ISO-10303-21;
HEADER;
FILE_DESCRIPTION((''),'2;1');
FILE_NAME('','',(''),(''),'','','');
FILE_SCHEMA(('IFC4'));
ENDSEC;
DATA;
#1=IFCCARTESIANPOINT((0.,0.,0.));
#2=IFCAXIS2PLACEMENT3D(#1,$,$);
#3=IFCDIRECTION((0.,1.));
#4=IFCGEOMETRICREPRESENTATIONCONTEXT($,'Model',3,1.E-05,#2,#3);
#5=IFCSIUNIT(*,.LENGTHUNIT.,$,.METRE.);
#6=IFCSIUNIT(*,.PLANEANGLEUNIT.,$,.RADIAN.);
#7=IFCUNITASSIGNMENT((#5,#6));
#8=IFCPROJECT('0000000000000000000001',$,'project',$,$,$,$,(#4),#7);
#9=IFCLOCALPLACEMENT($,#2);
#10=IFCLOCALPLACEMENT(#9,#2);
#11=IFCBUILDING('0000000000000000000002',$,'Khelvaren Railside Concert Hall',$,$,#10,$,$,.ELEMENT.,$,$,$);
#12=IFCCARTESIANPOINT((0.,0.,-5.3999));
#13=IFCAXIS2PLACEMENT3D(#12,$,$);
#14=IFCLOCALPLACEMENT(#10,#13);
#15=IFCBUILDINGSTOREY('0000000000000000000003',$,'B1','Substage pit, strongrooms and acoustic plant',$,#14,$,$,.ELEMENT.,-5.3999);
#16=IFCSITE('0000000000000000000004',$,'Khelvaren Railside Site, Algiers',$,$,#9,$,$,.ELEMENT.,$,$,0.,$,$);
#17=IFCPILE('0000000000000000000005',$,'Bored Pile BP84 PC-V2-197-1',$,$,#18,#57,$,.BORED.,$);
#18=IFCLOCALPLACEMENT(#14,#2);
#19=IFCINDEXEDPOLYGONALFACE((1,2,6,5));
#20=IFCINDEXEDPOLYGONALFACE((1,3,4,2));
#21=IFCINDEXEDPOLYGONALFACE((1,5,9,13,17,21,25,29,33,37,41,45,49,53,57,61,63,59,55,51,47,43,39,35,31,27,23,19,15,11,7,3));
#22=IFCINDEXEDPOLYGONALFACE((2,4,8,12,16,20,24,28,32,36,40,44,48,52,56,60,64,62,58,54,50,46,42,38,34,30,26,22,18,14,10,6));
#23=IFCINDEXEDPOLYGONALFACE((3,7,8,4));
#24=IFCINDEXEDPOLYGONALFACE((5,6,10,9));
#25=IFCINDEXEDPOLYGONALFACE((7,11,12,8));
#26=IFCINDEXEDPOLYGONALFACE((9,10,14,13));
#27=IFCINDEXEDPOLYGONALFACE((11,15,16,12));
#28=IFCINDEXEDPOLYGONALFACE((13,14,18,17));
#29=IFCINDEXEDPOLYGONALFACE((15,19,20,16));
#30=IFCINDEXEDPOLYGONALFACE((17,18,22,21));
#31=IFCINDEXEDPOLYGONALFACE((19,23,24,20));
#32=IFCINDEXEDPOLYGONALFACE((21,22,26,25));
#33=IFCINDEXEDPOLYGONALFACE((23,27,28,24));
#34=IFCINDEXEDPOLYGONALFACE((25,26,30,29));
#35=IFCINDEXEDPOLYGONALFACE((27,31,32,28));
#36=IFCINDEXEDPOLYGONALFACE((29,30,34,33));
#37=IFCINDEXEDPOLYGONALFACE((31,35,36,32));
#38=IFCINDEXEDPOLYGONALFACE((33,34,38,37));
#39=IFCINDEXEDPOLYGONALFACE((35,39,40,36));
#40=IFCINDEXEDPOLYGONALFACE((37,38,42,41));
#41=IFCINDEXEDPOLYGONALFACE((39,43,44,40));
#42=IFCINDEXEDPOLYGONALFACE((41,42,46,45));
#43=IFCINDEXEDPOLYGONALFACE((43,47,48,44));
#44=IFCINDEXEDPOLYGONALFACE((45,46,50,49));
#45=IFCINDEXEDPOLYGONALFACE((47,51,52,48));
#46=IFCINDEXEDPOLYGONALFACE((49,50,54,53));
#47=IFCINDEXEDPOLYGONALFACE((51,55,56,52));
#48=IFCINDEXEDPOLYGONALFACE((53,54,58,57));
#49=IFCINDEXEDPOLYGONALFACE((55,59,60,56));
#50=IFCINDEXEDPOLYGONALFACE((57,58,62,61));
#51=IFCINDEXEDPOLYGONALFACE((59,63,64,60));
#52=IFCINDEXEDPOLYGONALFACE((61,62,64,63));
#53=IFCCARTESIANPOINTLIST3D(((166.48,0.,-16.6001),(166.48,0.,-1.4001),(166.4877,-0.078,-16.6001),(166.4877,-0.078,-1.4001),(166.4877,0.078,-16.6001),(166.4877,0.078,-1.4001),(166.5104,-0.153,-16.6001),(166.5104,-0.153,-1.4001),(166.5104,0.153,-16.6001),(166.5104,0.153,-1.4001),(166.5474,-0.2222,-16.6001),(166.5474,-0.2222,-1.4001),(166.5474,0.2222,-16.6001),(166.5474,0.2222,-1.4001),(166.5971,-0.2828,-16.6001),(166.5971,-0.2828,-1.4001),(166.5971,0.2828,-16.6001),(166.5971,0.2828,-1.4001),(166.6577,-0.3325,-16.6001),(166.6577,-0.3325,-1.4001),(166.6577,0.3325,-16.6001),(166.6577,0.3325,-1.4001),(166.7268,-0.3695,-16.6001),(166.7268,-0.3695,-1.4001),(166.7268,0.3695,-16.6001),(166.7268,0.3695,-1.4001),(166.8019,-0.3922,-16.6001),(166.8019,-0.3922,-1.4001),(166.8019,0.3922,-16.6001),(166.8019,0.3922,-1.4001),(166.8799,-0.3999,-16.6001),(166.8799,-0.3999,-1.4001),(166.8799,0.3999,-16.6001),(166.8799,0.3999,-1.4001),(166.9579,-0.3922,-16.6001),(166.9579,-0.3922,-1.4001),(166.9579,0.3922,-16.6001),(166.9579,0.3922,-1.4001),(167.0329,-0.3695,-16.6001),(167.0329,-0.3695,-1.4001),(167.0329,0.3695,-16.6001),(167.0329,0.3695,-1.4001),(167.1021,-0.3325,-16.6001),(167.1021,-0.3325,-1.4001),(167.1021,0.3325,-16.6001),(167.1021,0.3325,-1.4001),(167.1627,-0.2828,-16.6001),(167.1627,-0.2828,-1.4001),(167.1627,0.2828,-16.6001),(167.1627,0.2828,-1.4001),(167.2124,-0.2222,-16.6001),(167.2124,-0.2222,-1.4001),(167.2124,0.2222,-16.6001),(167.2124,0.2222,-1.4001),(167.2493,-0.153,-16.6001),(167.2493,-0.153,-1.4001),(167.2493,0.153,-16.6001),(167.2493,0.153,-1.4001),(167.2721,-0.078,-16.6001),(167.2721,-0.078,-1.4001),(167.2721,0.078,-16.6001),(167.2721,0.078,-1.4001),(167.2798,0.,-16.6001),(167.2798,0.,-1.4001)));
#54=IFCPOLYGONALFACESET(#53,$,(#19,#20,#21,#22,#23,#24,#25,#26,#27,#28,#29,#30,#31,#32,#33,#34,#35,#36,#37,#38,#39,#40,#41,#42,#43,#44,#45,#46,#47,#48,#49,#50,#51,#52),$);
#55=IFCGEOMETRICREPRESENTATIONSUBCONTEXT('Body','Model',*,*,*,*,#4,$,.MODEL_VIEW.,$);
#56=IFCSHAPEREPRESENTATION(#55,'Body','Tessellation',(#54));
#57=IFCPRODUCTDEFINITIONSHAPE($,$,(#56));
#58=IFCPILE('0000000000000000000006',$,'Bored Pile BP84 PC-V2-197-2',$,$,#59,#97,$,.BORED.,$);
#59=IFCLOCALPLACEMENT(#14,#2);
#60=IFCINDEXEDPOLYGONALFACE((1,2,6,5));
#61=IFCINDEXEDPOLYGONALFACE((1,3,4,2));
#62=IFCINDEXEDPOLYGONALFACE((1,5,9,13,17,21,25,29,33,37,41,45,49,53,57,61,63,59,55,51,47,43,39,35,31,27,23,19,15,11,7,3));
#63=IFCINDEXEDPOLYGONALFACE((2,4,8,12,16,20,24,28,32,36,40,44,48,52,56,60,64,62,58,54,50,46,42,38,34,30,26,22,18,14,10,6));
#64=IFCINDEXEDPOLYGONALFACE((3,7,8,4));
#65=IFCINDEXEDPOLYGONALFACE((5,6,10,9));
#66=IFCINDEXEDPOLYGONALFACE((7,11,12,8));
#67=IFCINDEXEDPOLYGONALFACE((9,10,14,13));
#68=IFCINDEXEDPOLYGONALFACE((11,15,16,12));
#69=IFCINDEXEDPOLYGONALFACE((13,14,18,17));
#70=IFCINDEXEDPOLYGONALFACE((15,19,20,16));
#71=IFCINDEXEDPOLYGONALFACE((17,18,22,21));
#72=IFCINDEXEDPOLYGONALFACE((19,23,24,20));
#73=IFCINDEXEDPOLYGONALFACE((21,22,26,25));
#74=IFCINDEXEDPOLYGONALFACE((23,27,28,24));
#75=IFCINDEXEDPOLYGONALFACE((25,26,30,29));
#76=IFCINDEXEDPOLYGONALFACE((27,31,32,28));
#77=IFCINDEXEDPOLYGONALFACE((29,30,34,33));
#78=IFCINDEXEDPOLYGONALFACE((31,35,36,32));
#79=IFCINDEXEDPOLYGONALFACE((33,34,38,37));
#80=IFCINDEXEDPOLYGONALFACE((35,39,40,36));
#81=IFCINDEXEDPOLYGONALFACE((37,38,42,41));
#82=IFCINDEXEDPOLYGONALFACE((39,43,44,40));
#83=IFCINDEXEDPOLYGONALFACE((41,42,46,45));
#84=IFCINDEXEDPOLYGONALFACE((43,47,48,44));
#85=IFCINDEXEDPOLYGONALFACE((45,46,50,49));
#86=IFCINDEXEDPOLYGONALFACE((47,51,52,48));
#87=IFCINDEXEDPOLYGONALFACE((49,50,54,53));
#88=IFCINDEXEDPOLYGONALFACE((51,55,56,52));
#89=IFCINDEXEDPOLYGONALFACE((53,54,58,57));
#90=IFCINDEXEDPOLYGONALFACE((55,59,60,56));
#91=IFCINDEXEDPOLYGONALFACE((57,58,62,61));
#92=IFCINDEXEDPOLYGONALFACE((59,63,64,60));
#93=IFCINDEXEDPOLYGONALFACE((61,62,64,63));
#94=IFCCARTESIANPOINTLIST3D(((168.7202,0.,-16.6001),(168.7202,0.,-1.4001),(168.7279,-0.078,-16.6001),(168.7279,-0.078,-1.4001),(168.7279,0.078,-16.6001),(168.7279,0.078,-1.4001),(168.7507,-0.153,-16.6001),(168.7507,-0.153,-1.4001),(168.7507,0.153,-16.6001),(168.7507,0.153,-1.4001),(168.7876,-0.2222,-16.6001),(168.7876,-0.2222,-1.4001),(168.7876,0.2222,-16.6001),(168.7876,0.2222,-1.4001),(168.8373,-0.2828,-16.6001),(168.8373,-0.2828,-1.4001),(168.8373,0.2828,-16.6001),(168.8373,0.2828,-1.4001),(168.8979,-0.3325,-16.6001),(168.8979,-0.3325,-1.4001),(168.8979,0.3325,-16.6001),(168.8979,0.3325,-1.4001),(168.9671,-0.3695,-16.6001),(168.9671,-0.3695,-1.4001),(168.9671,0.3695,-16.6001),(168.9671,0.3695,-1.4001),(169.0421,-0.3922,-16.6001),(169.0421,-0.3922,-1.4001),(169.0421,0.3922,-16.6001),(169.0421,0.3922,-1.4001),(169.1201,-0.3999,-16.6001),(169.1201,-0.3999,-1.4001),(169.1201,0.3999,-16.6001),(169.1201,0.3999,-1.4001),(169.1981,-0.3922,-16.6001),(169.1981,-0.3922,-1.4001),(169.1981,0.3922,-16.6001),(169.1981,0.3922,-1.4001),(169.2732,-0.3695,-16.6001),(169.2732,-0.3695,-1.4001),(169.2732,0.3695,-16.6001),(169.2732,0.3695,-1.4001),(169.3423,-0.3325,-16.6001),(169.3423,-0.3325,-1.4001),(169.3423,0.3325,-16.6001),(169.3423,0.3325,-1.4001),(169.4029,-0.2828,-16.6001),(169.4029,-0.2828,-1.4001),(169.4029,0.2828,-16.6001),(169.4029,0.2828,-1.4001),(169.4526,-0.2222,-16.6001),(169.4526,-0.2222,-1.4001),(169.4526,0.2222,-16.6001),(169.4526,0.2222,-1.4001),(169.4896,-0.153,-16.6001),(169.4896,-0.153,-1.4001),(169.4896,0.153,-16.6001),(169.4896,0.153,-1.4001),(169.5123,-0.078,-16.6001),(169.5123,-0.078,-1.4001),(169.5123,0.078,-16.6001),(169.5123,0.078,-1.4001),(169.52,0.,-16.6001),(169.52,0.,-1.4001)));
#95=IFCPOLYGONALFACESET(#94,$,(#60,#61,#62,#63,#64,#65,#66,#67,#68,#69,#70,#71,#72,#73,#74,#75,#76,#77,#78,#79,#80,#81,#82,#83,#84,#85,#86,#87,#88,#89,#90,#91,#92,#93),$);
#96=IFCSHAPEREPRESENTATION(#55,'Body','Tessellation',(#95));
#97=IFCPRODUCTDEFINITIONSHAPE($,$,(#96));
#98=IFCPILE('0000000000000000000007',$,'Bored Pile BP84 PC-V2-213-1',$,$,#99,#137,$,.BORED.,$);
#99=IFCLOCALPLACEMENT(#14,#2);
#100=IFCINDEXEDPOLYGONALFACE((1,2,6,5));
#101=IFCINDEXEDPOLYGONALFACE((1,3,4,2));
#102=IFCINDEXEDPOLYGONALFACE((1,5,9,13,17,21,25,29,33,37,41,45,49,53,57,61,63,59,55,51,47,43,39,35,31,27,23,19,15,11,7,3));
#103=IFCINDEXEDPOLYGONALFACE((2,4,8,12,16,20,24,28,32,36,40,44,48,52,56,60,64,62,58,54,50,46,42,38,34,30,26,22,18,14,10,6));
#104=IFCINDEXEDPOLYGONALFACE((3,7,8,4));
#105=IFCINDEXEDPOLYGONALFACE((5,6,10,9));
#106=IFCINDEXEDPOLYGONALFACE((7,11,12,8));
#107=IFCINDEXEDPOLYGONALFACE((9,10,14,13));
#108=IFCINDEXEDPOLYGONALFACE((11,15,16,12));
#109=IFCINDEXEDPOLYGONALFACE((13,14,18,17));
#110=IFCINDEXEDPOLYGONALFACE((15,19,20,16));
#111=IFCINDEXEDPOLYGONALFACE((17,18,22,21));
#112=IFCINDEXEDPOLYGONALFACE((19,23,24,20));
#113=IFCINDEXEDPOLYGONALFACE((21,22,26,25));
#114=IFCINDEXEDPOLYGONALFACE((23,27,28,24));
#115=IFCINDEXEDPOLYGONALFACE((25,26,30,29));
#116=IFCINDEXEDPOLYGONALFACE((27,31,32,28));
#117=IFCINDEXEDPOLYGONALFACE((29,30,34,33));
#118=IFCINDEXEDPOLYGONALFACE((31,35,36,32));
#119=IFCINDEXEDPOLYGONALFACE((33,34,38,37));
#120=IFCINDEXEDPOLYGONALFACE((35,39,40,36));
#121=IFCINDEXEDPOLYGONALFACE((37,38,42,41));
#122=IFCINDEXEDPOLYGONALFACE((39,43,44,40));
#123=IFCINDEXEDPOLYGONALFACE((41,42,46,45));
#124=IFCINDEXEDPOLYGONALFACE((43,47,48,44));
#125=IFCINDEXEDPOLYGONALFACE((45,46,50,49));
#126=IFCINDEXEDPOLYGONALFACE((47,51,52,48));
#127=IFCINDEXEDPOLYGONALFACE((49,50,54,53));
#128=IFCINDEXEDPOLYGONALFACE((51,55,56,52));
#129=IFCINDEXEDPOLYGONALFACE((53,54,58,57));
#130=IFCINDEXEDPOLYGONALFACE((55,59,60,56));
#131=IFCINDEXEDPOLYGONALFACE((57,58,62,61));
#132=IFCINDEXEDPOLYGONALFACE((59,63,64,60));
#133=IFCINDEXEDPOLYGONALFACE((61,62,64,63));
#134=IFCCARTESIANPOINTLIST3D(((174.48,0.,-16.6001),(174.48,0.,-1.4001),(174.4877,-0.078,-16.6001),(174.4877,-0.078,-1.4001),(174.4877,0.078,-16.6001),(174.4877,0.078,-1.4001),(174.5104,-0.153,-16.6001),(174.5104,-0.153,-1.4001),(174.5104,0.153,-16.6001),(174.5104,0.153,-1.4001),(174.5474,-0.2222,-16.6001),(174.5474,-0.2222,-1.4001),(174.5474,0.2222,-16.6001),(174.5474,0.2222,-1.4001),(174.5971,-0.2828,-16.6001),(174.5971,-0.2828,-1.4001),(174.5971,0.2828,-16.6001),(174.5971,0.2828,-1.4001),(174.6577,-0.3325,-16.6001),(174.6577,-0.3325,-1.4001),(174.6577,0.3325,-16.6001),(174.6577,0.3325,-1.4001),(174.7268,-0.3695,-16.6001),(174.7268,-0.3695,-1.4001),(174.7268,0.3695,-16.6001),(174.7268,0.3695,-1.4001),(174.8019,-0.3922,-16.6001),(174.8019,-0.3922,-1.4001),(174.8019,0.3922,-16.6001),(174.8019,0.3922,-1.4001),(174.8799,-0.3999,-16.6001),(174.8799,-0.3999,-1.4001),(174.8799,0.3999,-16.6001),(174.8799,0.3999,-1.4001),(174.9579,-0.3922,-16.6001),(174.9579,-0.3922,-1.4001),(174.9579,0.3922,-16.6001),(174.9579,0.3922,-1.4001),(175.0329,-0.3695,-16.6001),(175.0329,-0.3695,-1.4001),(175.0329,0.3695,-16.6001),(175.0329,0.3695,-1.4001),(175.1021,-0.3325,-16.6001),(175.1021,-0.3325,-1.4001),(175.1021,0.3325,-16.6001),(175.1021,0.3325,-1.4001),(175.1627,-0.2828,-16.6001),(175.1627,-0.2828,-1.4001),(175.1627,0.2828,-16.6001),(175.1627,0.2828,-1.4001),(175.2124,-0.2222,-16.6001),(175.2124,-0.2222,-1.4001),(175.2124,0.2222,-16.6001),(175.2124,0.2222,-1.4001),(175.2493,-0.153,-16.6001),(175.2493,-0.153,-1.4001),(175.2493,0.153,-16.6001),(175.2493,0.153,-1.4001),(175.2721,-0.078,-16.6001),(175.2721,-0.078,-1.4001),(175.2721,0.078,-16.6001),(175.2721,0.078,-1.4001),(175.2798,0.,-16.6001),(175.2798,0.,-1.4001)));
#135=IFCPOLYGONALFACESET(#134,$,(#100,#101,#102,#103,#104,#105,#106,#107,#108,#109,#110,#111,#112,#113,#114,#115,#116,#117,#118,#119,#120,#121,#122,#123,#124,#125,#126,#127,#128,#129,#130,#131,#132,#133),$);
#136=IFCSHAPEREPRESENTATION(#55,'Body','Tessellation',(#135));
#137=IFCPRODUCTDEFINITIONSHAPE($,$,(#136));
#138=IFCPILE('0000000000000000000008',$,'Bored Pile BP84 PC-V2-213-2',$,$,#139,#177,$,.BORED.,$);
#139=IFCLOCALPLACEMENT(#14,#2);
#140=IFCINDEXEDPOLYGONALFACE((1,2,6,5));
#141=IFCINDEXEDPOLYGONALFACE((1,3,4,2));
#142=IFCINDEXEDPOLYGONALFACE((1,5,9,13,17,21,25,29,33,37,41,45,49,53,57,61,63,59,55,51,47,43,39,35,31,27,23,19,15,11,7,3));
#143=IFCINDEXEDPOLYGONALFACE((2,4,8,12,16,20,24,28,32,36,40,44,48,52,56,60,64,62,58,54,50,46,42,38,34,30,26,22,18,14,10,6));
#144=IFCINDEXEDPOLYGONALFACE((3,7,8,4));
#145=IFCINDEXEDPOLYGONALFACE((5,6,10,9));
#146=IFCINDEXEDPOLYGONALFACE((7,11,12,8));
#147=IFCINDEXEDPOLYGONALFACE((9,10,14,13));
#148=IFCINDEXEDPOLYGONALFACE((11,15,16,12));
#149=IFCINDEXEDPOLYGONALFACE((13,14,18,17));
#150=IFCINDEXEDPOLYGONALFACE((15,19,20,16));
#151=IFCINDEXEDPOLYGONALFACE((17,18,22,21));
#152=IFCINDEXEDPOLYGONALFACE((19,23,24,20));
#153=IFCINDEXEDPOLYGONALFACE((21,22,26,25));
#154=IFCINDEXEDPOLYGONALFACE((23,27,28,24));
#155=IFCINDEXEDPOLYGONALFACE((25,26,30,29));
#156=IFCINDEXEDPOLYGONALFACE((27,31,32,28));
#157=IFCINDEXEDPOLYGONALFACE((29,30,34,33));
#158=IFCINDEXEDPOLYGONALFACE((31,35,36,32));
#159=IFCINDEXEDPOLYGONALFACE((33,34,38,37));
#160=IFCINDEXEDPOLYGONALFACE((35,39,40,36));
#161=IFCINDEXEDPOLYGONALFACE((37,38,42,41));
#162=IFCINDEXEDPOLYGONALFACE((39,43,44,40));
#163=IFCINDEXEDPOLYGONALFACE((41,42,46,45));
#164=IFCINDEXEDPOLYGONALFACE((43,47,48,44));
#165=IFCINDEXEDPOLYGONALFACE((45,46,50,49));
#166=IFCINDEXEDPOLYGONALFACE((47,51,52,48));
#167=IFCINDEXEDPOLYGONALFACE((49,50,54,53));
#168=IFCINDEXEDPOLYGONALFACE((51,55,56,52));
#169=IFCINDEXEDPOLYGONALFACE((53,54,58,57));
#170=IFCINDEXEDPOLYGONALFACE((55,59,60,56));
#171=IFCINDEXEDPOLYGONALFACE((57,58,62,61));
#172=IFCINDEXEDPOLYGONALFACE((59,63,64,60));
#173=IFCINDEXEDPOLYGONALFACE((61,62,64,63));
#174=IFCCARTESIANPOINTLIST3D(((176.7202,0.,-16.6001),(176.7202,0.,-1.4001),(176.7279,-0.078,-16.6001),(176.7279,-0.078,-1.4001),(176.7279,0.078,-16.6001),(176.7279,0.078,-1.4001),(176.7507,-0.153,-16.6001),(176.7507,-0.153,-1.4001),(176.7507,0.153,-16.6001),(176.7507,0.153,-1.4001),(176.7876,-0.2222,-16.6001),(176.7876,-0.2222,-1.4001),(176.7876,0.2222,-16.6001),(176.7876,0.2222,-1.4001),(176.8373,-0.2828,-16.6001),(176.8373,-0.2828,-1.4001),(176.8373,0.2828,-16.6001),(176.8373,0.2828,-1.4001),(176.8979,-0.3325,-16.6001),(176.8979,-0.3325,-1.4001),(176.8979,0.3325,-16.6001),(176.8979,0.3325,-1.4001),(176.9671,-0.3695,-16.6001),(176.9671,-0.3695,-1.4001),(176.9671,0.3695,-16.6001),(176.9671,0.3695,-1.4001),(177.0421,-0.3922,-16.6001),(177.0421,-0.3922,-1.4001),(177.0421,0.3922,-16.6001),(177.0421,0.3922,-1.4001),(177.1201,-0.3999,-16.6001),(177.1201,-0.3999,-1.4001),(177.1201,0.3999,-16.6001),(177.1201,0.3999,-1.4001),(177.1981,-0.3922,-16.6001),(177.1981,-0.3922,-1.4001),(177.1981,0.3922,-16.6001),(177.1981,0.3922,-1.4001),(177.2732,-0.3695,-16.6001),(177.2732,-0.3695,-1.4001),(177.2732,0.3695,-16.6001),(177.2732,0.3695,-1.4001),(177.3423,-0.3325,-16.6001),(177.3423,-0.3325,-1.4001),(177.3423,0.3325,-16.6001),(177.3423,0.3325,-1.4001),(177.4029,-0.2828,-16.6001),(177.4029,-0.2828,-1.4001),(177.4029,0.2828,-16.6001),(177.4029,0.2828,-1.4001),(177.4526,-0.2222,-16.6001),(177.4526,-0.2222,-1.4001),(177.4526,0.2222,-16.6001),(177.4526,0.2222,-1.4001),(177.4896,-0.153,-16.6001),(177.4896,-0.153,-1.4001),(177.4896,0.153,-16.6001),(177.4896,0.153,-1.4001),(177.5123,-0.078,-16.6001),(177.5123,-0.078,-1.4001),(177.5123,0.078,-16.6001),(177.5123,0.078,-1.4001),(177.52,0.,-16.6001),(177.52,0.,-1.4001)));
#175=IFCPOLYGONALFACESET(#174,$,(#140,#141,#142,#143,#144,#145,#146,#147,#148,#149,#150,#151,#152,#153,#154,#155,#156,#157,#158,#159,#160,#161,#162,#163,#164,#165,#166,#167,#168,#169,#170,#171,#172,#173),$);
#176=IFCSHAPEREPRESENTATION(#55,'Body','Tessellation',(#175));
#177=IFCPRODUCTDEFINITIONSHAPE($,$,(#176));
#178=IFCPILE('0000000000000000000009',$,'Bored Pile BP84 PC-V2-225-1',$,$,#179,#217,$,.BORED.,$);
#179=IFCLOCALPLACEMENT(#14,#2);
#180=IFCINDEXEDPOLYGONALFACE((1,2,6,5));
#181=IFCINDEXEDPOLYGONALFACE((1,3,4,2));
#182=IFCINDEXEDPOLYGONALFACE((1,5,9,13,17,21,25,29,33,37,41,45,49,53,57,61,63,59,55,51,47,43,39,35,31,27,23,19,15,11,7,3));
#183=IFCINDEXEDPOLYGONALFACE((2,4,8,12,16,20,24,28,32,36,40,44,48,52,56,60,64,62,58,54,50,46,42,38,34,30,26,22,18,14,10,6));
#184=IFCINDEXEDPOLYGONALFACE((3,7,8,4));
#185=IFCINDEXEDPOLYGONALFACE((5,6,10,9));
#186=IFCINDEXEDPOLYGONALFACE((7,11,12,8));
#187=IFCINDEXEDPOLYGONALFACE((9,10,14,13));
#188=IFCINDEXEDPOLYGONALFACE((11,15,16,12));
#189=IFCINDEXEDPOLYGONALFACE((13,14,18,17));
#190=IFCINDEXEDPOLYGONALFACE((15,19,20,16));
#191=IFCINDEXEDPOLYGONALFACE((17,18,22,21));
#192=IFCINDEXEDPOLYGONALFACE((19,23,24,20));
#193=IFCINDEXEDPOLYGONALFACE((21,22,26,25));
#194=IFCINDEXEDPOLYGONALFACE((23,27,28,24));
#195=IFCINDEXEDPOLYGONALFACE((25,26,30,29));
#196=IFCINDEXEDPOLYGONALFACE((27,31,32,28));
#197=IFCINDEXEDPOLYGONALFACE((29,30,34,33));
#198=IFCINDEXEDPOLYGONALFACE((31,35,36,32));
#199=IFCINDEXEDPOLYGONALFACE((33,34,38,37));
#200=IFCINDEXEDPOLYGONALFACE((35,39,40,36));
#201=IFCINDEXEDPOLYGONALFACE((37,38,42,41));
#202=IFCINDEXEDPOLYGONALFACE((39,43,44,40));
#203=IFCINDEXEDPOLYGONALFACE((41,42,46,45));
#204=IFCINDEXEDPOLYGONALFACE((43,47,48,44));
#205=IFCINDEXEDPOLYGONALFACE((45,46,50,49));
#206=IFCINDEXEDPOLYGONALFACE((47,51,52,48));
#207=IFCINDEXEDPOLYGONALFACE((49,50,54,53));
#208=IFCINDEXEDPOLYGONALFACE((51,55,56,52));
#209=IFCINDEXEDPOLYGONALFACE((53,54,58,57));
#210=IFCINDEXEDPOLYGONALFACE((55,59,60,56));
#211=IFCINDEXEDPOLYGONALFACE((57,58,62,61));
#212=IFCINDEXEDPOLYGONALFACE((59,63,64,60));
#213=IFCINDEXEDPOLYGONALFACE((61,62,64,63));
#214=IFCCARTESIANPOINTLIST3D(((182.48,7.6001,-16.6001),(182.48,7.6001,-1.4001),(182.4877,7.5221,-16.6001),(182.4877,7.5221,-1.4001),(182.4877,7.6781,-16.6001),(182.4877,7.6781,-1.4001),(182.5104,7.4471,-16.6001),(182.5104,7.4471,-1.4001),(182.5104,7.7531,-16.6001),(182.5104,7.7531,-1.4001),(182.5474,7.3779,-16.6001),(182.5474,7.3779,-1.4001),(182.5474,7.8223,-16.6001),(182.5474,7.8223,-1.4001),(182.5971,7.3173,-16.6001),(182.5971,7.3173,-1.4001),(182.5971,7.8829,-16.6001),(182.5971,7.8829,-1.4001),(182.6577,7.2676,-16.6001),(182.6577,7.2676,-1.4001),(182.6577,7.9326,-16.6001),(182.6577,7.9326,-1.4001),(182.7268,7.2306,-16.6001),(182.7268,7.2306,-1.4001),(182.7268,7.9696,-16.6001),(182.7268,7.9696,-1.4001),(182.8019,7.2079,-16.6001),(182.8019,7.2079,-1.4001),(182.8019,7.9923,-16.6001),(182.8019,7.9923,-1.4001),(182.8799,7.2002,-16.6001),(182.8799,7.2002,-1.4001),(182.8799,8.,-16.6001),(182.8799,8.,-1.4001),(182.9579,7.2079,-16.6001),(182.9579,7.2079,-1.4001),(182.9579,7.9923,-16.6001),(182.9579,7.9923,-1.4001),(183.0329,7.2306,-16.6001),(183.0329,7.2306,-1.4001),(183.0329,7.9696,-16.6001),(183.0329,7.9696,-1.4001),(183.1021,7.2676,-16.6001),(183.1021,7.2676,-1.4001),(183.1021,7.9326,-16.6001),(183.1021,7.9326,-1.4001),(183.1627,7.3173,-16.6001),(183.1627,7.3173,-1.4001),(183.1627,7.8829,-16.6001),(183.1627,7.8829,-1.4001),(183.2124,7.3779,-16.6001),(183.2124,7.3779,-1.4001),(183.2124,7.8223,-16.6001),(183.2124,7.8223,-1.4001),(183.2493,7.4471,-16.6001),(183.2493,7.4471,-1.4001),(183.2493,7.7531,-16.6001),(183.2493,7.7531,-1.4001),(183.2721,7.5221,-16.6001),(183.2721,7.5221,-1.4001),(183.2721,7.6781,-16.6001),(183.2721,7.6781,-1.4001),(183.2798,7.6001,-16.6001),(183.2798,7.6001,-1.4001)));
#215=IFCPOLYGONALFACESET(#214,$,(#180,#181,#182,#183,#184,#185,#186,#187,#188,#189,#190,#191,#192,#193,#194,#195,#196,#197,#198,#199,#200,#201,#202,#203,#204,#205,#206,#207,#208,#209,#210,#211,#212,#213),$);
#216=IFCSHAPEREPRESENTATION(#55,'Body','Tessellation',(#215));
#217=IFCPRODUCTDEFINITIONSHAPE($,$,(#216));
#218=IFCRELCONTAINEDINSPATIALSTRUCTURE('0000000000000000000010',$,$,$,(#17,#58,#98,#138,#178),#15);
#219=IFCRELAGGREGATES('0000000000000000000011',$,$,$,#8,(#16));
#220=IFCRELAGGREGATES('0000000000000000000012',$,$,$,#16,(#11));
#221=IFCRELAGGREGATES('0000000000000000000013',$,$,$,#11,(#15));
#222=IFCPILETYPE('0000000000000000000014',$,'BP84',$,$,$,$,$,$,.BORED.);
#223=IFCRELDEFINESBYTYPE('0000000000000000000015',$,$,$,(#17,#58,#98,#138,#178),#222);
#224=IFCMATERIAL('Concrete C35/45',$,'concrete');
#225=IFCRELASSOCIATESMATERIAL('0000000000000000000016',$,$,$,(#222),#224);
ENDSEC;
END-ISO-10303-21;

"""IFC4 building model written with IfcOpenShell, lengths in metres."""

from ifc_helpers import new_model, si_unit, direction, frame, origin, origin_2d, place, context, subcontext, project, spatial, circle, extrude, material, material_profile, profile_set, type_object, element, save


model = new_model("IFC4")

# Units and contexts
model_context = context("Model", 3, precision=1e-05, world=origin(), true_north=direction((0.0, 1.0)))
body_context = subcontext(model_context, "Body", "Model", "MODEL_VIEW")
ifc_project = project(units=[si_unit("LENGTHUNIT", "METRE"), si_unit("PLANEANGLEUNIT", "RADIAN")], contexts=[model_context])

# Site, building, storey
site_placement = place(None, origin())
site = spatial("IfcSite", under=ifc_project, at=site_placement, Name="Khelvaren Railside Site, Algiers", CompositionType="ELEMENT", RefElevation=0.0)
building_placement = place(site_placement, origin())
building = spatial("IfcBuilding", under=site, at=building_placement, Name="Khelvaren Railside Concert Hall", CompositionType="ELEMENT")
storey_placement = place(building_placement, frame((0.0, 0.0, -5.3999)))
storey = spatial("IfcBuildingStorey", under=building, at=storey_placement, Name="B1", Description="Substage pit, strongrooms and acoustic plant", CompositionType="ELEMENT", Elevation=-5.3999)

# Piles
ifc_material_1 = material(Name="Concrete C35/45", Category="concrete")
ifc_material_profile_1 = material_profile(ifc_material_1, circle(Radius=0.3999, at=origin_2d()), Name="BP D800")
ifc_profile_set_1 = profile_set([ifc_material_profile_1], Name="Concrete C35/45")
pile_type_1 = type_object("IfcPileType", Name="BP84", PredefinedType="BORED", material=ifc_profile_set_1)
for number, where, z_axis, x_axis, name in (
    (1, (166.8799, 0.0, -1.4001), (0.0, 0.0, -1.0), (1.0, 0.0, 0.0), "Bored Pile BP84 PC-V2-197-1"),
    (2, (169.1201, 0.0, -1.4001), (0.0, 0.0, -1.0), (1.0, 0.0, 0.0), "Bored Pile BP84 PC-V2-197-2"),
    (3, (174.8799, 0.0, -1.4001), (0.0, 0.0, -1.0), (1.0, 0.0, 0.0), "Bored Pile BP84 PC-V2-213-1"),
    (4, (177.1201, 0.0, -1.4001), (0.0, 0.0, -1.0), (1.0, 0.0, 0.0), "Bored Pile BP84 PC-V2-213-2"),
    (5, (182.8799, 7.6001, -1.4001), (0.0, 0.0, -1.0), (1.0, 0.0, 0.0), "Bored Pile BP84 PC-V2-225-1"),
):
    element("IfcPile", number, at=place(storey_placement, frame(where, z_axis=z_axis, x_axis=x_axis)), inside=storey, type_object=pile_type_1, Name=name, PredefinedType="BORED", context=body_context, shape_type="SweptSolid", body=[
        extrude(circle(Radius=0.3999, at=origin_2d()), origin(), (0.0, 0.0, 1.0), 15.2),
    ])

save(model, "model.ifc")
